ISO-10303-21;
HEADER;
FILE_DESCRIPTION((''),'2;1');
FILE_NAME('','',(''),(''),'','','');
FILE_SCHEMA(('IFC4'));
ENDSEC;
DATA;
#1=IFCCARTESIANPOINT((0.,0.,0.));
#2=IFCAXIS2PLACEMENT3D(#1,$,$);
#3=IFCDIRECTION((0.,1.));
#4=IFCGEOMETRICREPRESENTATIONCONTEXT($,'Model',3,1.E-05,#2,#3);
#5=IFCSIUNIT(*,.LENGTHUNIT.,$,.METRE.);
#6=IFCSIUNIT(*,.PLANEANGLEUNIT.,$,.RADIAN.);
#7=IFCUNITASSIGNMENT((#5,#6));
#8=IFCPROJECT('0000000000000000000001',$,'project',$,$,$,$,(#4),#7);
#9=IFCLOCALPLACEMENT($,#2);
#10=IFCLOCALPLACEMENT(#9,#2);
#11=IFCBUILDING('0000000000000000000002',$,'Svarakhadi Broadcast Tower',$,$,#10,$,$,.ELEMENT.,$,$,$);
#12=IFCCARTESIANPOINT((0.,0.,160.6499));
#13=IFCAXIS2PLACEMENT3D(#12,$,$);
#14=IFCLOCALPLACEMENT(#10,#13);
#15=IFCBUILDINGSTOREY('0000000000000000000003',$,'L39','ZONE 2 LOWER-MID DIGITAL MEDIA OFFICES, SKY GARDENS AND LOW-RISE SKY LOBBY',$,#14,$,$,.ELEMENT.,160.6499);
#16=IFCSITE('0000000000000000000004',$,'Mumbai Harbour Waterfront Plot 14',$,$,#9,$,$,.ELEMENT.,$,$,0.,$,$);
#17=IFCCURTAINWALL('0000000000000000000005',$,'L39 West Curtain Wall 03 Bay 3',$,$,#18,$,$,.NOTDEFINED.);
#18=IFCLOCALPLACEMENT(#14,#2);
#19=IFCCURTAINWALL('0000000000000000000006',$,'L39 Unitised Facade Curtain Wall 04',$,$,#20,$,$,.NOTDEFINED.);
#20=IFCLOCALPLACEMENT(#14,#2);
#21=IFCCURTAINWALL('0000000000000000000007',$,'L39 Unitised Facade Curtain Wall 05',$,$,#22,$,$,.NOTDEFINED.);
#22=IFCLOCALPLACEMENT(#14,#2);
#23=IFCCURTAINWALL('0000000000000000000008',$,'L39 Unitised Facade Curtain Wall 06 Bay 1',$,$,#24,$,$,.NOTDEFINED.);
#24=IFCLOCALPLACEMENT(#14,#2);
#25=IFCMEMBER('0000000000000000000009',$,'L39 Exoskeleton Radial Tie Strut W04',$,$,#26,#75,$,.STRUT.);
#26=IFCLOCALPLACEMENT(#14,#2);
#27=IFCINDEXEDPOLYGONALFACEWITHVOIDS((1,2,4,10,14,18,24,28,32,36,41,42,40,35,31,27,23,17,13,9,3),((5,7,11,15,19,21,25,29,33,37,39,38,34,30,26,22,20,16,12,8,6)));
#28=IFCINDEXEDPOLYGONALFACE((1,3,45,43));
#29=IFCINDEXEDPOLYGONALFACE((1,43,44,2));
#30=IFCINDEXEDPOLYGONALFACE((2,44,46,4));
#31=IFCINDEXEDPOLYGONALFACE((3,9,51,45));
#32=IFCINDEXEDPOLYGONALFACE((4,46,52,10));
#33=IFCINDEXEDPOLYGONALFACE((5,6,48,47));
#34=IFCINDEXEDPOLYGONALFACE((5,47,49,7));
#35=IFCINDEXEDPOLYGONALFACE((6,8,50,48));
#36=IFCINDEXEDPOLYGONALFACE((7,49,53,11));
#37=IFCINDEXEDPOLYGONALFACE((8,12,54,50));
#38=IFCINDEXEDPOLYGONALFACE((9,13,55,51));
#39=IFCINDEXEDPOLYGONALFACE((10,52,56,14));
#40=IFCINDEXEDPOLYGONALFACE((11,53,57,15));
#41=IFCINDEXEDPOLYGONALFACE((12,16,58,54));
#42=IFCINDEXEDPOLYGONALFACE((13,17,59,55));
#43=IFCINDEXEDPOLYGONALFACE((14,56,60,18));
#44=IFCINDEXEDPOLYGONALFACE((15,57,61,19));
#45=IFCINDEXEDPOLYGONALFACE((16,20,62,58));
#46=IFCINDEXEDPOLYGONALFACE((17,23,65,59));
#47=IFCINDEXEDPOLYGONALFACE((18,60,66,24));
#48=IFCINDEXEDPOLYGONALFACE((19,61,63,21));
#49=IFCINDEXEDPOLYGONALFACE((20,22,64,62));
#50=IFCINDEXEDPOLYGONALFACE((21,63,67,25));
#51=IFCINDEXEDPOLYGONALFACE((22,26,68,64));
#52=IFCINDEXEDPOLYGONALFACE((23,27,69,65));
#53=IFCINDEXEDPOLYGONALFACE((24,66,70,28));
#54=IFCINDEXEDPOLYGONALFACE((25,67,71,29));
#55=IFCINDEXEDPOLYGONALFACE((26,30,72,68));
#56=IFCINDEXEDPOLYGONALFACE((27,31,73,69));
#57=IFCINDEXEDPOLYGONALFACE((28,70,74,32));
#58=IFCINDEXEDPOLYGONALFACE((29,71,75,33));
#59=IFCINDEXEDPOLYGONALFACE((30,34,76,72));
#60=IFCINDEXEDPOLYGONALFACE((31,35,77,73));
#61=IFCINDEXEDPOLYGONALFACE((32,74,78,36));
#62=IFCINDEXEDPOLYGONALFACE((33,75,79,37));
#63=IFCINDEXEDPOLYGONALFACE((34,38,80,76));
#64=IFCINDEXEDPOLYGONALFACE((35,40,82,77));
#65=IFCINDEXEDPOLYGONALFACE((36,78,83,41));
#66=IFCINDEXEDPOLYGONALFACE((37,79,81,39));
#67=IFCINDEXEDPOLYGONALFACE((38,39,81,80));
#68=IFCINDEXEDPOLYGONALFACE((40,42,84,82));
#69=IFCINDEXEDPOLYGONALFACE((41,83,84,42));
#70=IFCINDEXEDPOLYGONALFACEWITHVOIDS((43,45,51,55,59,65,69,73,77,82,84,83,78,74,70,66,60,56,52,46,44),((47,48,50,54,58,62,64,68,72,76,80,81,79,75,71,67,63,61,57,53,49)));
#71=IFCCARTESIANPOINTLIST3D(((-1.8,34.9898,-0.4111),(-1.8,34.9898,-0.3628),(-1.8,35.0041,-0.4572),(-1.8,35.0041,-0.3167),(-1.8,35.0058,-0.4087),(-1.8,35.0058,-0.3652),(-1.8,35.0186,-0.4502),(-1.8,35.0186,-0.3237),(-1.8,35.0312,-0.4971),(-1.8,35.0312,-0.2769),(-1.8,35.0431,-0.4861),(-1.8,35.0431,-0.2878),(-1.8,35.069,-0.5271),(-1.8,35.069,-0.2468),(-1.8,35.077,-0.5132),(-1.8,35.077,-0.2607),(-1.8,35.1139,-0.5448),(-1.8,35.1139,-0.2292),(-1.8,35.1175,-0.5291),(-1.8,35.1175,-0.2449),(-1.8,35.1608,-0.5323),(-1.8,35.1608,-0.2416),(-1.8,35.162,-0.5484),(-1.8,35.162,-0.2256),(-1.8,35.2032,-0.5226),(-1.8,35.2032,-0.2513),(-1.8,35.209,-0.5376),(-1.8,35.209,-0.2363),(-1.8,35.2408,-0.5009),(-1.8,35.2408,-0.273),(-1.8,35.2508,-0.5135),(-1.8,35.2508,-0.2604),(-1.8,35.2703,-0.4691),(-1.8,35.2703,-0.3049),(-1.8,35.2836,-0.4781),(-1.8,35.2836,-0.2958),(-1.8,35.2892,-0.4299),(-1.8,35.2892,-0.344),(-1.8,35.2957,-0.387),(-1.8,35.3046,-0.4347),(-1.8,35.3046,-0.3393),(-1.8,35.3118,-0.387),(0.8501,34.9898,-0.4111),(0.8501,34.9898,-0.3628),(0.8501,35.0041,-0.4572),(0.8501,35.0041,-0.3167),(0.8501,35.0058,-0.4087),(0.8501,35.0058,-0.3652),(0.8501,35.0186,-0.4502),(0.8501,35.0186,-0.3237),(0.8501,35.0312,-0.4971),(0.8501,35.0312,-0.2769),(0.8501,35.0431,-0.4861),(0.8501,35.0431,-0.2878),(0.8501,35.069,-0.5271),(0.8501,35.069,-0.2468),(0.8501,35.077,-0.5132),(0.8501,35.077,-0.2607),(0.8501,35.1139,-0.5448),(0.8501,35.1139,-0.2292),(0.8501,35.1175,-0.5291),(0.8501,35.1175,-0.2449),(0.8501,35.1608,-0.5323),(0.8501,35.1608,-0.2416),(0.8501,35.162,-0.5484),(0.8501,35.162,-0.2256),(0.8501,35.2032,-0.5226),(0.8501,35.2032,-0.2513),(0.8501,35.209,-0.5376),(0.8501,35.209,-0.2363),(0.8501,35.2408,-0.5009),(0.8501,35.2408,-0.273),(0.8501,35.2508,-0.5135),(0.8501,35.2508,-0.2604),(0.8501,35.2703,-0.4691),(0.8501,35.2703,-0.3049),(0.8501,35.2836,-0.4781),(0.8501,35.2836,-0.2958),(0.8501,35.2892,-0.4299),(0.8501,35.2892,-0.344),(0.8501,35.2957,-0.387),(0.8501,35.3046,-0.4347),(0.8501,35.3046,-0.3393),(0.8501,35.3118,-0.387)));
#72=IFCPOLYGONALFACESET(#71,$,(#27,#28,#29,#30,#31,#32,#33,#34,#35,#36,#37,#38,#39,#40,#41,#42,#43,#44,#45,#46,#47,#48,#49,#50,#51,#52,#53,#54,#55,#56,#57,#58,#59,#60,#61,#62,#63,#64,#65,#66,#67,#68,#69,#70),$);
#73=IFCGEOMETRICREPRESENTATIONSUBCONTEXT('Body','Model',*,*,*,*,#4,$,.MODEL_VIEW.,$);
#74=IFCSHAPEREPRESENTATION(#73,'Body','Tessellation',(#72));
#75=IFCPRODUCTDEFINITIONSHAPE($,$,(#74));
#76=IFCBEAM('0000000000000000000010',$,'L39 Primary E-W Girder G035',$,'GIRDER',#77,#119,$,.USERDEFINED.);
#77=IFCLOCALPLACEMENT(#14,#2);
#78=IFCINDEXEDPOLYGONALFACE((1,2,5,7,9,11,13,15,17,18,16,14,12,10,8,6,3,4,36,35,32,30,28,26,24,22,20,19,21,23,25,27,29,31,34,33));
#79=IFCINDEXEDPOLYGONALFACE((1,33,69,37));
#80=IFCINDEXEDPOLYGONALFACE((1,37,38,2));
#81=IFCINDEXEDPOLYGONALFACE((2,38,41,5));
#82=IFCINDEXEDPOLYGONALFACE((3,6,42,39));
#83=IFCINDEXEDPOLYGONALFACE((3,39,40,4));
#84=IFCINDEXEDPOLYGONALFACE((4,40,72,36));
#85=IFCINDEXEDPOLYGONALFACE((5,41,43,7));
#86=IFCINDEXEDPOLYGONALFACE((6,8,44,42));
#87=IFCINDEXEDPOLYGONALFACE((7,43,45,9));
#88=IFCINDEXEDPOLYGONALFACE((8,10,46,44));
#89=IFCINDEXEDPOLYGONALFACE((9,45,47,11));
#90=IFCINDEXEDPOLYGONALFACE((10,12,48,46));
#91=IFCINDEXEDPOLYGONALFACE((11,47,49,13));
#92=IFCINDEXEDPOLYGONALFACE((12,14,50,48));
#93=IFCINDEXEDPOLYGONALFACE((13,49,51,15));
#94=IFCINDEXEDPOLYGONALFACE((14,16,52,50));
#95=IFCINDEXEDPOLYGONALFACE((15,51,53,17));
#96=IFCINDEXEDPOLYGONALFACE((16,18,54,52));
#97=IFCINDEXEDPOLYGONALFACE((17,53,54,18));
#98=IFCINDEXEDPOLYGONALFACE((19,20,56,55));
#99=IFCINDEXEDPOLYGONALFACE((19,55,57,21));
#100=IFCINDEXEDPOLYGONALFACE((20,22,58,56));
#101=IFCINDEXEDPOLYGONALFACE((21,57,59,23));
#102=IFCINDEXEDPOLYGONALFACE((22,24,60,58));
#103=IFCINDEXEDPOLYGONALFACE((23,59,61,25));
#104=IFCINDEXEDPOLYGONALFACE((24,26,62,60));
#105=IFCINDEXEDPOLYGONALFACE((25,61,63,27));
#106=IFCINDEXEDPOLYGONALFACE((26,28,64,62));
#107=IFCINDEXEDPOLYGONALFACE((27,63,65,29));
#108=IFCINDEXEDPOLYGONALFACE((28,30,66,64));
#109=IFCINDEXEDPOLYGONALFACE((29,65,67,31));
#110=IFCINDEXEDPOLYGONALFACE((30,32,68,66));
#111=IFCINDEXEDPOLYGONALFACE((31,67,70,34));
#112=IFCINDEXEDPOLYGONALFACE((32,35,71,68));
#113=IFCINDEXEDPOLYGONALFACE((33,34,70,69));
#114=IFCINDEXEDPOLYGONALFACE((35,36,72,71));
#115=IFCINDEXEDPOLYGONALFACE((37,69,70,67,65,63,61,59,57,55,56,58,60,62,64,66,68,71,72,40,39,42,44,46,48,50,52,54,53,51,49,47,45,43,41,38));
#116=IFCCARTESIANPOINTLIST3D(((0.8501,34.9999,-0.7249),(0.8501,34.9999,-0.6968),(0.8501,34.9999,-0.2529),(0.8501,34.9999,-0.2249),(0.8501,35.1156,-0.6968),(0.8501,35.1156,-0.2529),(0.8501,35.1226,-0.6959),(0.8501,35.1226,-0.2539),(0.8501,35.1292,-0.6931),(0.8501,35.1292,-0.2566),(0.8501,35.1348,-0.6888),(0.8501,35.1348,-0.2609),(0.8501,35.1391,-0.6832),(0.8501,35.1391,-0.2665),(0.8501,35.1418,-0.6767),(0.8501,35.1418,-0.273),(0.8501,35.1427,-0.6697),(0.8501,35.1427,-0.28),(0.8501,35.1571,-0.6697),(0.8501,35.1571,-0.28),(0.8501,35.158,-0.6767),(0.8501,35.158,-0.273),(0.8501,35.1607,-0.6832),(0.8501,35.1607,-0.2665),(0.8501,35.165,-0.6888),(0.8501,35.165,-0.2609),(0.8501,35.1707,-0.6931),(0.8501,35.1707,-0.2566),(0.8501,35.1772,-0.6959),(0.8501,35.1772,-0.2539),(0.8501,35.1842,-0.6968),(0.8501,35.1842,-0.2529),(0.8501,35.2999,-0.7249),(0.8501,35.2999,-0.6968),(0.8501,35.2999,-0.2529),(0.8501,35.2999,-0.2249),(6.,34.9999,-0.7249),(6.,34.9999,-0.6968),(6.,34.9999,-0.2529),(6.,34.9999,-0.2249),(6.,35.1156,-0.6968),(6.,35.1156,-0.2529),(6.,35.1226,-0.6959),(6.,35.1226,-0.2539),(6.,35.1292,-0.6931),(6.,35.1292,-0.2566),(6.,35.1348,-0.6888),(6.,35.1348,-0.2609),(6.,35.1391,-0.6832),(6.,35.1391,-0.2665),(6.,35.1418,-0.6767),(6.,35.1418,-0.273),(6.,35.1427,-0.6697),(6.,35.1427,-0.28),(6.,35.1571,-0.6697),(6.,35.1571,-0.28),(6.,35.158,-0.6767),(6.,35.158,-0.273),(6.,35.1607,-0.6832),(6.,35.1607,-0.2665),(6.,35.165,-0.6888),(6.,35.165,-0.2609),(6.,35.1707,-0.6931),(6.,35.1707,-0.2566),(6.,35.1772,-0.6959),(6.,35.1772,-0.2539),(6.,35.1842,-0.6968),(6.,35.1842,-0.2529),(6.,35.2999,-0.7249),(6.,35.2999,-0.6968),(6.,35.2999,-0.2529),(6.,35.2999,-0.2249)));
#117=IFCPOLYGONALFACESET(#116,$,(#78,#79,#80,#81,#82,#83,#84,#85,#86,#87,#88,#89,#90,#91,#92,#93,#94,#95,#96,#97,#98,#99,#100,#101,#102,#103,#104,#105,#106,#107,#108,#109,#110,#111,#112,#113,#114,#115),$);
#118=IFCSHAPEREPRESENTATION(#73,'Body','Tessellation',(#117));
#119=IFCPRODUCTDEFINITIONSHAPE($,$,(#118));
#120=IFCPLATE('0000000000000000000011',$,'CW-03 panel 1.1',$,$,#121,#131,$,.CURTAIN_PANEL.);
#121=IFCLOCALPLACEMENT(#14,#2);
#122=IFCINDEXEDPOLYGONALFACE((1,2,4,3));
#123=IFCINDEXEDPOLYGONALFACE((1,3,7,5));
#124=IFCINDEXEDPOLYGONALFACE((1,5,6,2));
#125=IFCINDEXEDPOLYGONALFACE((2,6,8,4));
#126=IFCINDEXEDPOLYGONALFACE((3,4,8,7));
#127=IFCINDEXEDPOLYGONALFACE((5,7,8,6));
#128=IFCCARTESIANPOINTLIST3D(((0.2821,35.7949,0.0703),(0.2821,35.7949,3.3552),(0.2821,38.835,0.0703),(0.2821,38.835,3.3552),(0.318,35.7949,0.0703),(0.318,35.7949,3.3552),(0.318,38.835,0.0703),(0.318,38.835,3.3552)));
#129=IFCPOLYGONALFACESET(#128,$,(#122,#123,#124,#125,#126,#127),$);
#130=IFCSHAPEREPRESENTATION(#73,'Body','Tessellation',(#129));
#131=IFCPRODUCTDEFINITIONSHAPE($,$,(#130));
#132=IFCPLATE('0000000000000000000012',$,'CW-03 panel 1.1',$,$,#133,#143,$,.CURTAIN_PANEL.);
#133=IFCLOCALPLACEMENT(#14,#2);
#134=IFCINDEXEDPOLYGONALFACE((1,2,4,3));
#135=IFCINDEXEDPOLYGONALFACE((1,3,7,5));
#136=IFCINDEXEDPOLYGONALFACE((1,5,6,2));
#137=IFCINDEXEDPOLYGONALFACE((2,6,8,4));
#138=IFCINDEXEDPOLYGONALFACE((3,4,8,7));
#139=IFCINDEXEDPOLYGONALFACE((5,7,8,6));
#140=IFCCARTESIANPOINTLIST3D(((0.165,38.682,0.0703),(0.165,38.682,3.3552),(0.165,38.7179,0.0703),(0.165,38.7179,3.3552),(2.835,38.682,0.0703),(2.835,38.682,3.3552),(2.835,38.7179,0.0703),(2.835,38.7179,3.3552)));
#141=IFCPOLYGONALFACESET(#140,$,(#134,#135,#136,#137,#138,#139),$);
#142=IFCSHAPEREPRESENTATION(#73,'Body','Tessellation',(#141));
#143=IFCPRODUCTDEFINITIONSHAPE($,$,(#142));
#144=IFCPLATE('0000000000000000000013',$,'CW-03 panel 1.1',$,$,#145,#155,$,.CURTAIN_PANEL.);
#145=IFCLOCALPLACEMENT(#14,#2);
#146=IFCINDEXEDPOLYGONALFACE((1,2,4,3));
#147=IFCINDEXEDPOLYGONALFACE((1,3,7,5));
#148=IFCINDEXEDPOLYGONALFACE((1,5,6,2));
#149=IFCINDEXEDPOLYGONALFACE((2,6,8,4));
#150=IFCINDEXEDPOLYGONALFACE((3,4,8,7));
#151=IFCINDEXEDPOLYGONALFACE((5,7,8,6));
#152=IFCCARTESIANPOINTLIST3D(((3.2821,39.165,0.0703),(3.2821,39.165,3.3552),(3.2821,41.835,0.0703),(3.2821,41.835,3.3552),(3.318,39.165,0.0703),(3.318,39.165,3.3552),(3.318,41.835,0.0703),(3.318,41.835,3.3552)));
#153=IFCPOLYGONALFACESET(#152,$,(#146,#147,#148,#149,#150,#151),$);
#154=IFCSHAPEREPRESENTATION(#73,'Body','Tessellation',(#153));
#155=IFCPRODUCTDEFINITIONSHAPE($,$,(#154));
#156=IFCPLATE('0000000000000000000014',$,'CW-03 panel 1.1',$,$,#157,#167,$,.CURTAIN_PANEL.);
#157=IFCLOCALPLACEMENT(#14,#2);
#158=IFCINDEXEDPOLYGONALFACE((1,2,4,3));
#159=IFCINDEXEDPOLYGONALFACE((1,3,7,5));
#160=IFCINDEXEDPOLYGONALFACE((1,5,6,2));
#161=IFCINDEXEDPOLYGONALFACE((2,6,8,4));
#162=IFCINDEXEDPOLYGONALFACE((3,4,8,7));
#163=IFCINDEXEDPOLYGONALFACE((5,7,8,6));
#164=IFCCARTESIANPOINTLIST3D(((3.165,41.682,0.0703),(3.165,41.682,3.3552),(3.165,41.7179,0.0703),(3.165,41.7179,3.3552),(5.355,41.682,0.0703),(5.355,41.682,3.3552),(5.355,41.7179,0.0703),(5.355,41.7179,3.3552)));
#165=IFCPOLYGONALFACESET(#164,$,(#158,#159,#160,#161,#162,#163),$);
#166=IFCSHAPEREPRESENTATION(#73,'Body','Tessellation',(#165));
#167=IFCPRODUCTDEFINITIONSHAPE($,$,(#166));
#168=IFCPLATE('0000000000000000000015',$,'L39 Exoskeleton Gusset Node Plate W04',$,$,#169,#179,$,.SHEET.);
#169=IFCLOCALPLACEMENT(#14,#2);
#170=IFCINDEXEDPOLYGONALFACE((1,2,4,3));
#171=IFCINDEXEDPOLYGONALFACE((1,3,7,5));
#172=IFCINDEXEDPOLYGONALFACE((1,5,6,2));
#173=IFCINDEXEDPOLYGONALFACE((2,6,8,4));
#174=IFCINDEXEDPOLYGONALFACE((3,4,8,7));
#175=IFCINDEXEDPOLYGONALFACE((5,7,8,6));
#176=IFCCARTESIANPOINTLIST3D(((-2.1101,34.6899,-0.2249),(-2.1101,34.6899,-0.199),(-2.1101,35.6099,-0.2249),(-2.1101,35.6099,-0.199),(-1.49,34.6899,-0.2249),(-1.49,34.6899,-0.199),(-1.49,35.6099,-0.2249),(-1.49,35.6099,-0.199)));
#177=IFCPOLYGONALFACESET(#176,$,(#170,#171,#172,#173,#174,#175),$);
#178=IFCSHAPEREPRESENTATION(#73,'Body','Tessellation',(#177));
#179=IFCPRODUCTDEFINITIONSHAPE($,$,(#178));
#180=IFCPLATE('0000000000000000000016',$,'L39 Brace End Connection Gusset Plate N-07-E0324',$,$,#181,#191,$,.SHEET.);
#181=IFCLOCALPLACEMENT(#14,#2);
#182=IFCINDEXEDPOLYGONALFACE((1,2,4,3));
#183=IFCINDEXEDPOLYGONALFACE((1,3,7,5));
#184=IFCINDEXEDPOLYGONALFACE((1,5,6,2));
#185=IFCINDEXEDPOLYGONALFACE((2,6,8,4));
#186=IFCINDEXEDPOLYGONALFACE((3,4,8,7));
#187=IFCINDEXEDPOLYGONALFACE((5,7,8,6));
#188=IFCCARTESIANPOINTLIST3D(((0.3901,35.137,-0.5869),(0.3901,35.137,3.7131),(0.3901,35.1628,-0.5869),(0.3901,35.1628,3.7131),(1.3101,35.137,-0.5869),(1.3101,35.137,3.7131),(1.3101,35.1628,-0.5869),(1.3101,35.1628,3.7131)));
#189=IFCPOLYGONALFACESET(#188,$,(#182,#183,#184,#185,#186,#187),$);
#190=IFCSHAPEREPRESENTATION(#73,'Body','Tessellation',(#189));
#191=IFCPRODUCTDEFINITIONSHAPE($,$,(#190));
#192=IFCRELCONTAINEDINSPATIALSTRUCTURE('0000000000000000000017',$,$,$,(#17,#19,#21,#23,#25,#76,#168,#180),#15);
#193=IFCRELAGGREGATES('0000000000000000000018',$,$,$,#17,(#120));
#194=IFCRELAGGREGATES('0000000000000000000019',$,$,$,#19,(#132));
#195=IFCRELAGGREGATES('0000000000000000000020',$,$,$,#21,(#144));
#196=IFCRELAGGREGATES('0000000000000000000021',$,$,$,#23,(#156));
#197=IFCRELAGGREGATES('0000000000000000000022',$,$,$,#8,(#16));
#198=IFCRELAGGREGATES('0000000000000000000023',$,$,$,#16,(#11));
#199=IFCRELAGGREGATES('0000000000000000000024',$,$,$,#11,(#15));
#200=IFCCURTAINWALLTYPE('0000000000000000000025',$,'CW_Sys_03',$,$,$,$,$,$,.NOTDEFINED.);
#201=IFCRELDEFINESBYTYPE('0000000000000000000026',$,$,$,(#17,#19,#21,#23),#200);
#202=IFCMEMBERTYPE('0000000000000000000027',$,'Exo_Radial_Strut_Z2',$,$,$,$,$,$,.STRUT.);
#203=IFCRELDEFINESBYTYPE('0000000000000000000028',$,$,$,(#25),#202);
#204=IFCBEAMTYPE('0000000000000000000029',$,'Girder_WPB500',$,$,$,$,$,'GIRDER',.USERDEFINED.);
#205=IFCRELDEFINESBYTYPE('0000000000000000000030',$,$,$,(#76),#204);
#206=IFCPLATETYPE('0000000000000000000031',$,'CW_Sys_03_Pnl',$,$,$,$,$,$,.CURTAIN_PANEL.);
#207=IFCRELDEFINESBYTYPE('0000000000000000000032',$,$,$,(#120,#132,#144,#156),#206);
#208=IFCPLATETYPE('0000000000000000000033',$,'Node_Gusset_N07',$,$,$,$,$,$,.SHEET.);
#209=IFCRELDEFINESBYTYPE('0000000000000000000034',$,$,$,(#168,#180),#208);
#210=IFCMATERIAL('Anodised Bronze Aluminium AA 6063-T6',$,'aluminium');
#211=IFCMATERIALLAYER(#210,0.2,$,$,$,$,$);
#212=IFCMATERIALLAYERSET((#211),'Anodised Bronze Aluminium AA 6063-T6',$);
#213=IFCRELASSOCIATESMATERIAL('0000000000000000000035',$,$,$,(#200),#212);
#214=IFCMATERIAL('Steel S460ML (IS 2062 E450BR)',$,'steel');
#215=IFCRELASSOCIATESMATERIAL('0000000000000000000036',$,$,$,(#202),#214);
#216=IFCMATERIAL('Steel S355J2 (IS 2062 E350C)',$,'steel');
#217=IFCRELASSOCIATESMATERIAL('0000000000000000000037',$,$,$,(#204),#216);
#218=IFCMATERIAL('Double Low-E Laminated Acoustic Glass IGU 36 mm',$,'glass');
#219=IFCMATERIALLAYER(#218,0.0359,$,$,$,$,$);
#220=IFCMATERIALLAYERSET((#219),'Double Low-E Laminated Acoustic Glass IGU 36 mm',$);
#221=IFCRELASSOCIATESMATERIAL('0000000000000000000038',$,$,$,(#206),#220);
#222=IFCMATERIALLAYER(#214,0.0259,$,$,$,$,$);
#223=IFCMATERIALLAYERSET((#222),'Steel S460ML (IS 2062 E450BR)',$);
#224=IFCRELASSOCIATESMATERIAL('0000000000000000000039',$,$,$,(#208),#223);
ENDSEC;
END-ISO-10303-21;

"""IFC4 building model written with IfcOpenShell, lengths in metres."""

from ifc_helpers import new_model, si_unit, direction, frame, origin, origin_2d, place, context, subcontext, project, spatial, rectangle, hollow_circle, i_section, extrude, material, layer, layer_set, material_profile, profile_set, type_object, element, aggregate, save


model = new_model("IFC4")

# Units and contexts
model_context = context("Model", 3, precision=1e-05, world=origin(), true_north=direction((0.0, 1.0)))
body_context = subcontext(model_context, "Body", "Model", "MODEL_VIEW")
ifc_project = project(units=[si_unit("LENGTHUNIT", "METRE"), si_unit("PLANEANGLEUNIT", "RADIAN")], contexts=[model_context])

# Site, building, storey
site_placement = place(None, origin())
site = spatial("IfcSite", under=ifc_project, at=site_placement, Name="Mumbai Harbour Waterfront Plot 14", CompositionType="ELEMENT", RefElevation=0.0)
building_placement = place(site_placement, origin())
building = spatial("IfcBuilding", under=site, at=building_placement, Name="Svarakhadi Broadcast Tower", CompositionType="ELEMENT")
storey_placement = place(building_placement, frame((0.0, 0.0, 160.6499)))
storey = spatial("IfcBuildingStorey", under=building, at=storey_placement, Name="L39", Description="ZONE 2 LOWER-MID DIGITAL MEDIA OFFICES, SKY GARDENS AND LOW-RISE SKY LOBBY", CompositionType="ELEMENT", Elevation=160.6499)

# Shared definitions
ifc_material_1 = material(Name="Anodised Bronze Aluminium AA 6063-T6", Category="aluminium")
ifc_layer_1 = layer(ifc_material_1, 0.2)
ifc_layer_set_1 = layer_set([ifc_layer_1], Name="Anodised Bronze Aluminium AA 6063-T6")
curtain_wall_type = type_object("IfcCurtainWallType", Name="CW_Sys_03", PredefinedType="NOTDEFINED", material=ifc_layer_set_1)

# Curtain walls
curtain_wall_1_placement = place(storey_placement, origin())
curtain_wall_1 = element("IfcCurtainWall", 1, at=curtain_wall_1_placement, inside=storey, type_object=curtain_wall_type, Name="L39 West Curtain Wall 03 Bay 3", PredefinedType="NOTDEFINED")
curtain_wall_2_placement = place(storey_placement, origin())
curtain_wall_2 = element("IfcCurtainWall", 2, at=curtain_wall_2_placement, inside=storey, type_object=curtain_wall_type, Name="L39 Unitised Facade Curtain Wall 04", PredefinedType="NOTDEFINED")
curtain_wall_3_placement = place(storey_placement, origin())
curtain_wall_3 = element("IfcCurtainWall", 3, at=curtain_wall_3_placement, inside=storey, type_object=curtain_wall_type, Name="L39 Unitised Facade Curtain Wall 05", PredefinedType="NOTDEFINED")

# Curtain wall
curtain_wall_4_placement = place(storey_placement, origin())
curtain_wall_4 = element("IfcCurtainWall", 4, at=curtain_wall_4_placement, inside=storey, type_object=curtain_wall_type, Name="L39 Unitised Facade Curtain Wall 06 Bay 1", PredefinedType="NOTDEFINED")

# Member
ifc_material_2 = material(Name="Steel S460ML (IS 2062 E450BR)", Category="steel")
ifc_material_profile_1 = material_profile(ifc_material_2, hollow_circle(Radius=0.1619, WallThickness=0.0161, at=origin_2d()), Name="CHS 323.9x16")
ifc_profile_set_1 = profile_set([ifc_material_profile_1], Name="Steel S460ML (IS 2062 E450BR)")
member_type_1 = type_object("IfcMemberType", Name="Exo_Radial_Strut_Z2", PredefinedType="STRUT", material=ifc_profile_set_1)
member_1_placement = place(storey_placement, frame((-1.8, 35.1499, -0.387), z_axis=(1.0, 0.0, 0.0), x_axis=(0.0, 1.0, 0.0)))
element("IfcMember", 5, at=member_1_placement, inside=storey, type_object=member_type_1, Name="L39 Exoskeleton Radial Tie Strut W04", PredefinedType="STRUT", context=body_context, shape_type="SweptSolid", body=[
    extrude(hollow_circle(Radius=0.1619, WallThickness=0.0161, at=origin_2d()), origin(), (0.0, 0.0, 1.0), 2.6501),
])

# Beam
ifc_material_3 = material(Name="Steel S355J2 (IS 2062 E350C)", Category="steel")
ifc_material_profile_2 = material_profile(ifc_material_3, i_section(OverallWidth=0.3, OverallDepth=0.5, WebThickness=0.0144, FlangeThickness=0.0281, FilletRadius=0.0271, at=origin_2d()), Name="WPB 500x300x187")
ifc_profile_set_2 = profile_set([ifc_material_profile_2], Name="Steel S355J2 (IS 2062 E350C)")
beam_type = type_object("IfcBeamType", Name="Girder_WPB500", ElementType="GIRDER", PredefinedType="USERDEFINED", material=ifc_profile_set_2)
beam_placement = place(storey_placement, frame((0.8501, 35.1499, -0.4749), z_axis=(1.0, 0.0, 0.0), x_axis=(0.0, 1.0, 0.0)))
element("IfcBeam", 6, at=beam_placement, inside=storey, type_object=beam_type, Name="L39 Primary E-W Girder G035", ObjectType="GIRDER", PredefinedType="USERDEFINED", context=body_context, shape_type="SweptSolid", body=[
    extrude(i_section(OverallWidth=0.3, OverallDepth=0.5, WebThickness=0.0144, FlangeThickness=0.0281, FilletRadius=0.0271, at=origin_2d()), origin(), (0.0, 0.0, 1.0), 5.1499),
])

# Plates
ifc_material_4 = material(Name="Double Low-E Laminated Acoustic Glass IGU 36 mm", Category="glass")
ifc_layer_2 = layer(ifc_material_4, 0.0359)
ifc_layer_set_2 = layer_set([ifc_layer_2], Name="Double Low-E Laminated Acoustic Glass IGU 36 mm")
plate_type_1 = type_object("IfcPlateType", Name="CW_Sys_03_Pnl", PredefinedType="CURTAIN_PANEL", material=ifc_layer_set_2)
plate_1_placement = place(storey_placement, frame((0.3, 37.3149, 0.0703), z_axis=(0.0, 0.0, 1.0), x_axis=(0.0, 1.0, 0.0)))
plate_1 = element("IfcPlate", 7, at=plate_1_placement, type_object=plate_type_1, Name="CW-03 panel 1.1", PredefinedType="CURTAIN_PANEL", context=body_context, shape_type="SweptSolid", body=[
    extrude(rectangle(XDim=3.04, YDim=0.0359, at=origin_2d()), origin(), (0.0, 0.0, 1.0), 3.2849),
])
aggregate(curtain_wall_1, [plate_1])
plate_2_placement = place(storey_placement, frame((1.5, 38.7, 0.0703), z_axis=(0.0, 0.0, 1.0), x_axis=(1.0, 0.0, 0.0)))
plate_2 = element("IfcPlate", 8, at=plate_2_placement, type_object=plate_type_1, Name="CW-03 panel 1.1", PredefinedType="CURTAIN_PANEL", context=body_context, shape_type="SweptSolid", body=[
    extrude(rectangle(XDim=2.6699, YDim=0.0359, at=origin_2d()), origin(), (0.0, 0.0, 1.0), 3.2849),
])
aggregate(curtain_wall_2, [plate_2])
plate_3_placement = place(storey_placement, frame((3.3, 40.5, 0.0703), z_axis=(0.0, 0.0, 1.0), x_axis=(0.0, 1.0, 0.0)))
plate_3 = element("IfcPlate", 9, at=plate_3_placement, type_object=plate_type_1, Name="CW-03 panel 1.1", PredefinedType="CURTAIN_PANEL", context=body_context, shape_type="SweptSolid", body=[
    extrude(rectangle(XDim=2.6699, YDim=0.0359, at=origin_2d()), origin(), (0.0, 0.0, 1.0), 3.2849),
])
aggregate(curtain_wall_3, [plate_3])
plate_4_placement = place(storey_placement, frame((4.26, 41.7, 0.0703), z_axis=(0.0, 0.0, 1.0), x_axis=(1.0, 0.0, 0.0)))
plate_4 = element("IfcPlate", 10, at=plate_4_placement, type_object=plate_type_1, Name="CW-03 panel 1.1", PredefinedType="CURTAIN_PANEL", context=body_context, shape_type="SweptSolid", body=[
    extrude(rectangle(XDim=2.1899, YDim=0.0359, at=origin_2d()), origin(), (0.0, 0.0, 1.0), 3.2849),
])
aggregate(curtain_wall_4, [plate_4])

# Plates
ifc_layer_3 = layer(ifc_material_2, 0.0259)
ifc_layer_set_3 = layer_set([ifc_layer_3], Name="Steel S460ML (IS 2062 E450BR)")
plate_type_2 = type_object("IfcPlateType", Name="Node_Gusset_N07", PredefinedType="SHEET", material=ifc_layer_set_3)
plate_5_placement = place(storey_placement, frame((-1.8, 35.1499, -0.2249), z_axis=(0.0, 0.0, 1.0), x_axis=(0.0, 1.0, 0.0)))
element("IfcPlate", 11, at=plate_5_placement, inside=storey, type_object=plate_type_2, Name="L39 Exoskeleton Gusset Node Plate W04", PredefinedType="SHEET", context=body_context, shape_type="SweptSolid", body=[
    extrude(rectangle(XDim=0.9199, YDim=0.6201, at=origin_2d()), origin(), (0.0, 0.0, 1.0), 0.0259),
])
plate_6_placement = place(storey_placement, frame((0.8501, 35.1499, -0.5869), z_axis=(0.0, 0.0, 1.0), x_axis=(1.0, 0.0, 0.0)))
element("IfcPlate", 12, at=plate_6_placement, inside=storey, type_object=plate_type_2, Name="L39 Brace End Connection Gusset Plate N-07-E0324", PredefinedType="SHEET", context=body_context, shape_type="SweptSolid", body=[
    extrude(rectangle(XDim=0.9199, YDim=0.0259, at=origin_2d()), origin(), (0.0, 0.0, 1.0), 4.3),
])

save(model, "model.ifc")
